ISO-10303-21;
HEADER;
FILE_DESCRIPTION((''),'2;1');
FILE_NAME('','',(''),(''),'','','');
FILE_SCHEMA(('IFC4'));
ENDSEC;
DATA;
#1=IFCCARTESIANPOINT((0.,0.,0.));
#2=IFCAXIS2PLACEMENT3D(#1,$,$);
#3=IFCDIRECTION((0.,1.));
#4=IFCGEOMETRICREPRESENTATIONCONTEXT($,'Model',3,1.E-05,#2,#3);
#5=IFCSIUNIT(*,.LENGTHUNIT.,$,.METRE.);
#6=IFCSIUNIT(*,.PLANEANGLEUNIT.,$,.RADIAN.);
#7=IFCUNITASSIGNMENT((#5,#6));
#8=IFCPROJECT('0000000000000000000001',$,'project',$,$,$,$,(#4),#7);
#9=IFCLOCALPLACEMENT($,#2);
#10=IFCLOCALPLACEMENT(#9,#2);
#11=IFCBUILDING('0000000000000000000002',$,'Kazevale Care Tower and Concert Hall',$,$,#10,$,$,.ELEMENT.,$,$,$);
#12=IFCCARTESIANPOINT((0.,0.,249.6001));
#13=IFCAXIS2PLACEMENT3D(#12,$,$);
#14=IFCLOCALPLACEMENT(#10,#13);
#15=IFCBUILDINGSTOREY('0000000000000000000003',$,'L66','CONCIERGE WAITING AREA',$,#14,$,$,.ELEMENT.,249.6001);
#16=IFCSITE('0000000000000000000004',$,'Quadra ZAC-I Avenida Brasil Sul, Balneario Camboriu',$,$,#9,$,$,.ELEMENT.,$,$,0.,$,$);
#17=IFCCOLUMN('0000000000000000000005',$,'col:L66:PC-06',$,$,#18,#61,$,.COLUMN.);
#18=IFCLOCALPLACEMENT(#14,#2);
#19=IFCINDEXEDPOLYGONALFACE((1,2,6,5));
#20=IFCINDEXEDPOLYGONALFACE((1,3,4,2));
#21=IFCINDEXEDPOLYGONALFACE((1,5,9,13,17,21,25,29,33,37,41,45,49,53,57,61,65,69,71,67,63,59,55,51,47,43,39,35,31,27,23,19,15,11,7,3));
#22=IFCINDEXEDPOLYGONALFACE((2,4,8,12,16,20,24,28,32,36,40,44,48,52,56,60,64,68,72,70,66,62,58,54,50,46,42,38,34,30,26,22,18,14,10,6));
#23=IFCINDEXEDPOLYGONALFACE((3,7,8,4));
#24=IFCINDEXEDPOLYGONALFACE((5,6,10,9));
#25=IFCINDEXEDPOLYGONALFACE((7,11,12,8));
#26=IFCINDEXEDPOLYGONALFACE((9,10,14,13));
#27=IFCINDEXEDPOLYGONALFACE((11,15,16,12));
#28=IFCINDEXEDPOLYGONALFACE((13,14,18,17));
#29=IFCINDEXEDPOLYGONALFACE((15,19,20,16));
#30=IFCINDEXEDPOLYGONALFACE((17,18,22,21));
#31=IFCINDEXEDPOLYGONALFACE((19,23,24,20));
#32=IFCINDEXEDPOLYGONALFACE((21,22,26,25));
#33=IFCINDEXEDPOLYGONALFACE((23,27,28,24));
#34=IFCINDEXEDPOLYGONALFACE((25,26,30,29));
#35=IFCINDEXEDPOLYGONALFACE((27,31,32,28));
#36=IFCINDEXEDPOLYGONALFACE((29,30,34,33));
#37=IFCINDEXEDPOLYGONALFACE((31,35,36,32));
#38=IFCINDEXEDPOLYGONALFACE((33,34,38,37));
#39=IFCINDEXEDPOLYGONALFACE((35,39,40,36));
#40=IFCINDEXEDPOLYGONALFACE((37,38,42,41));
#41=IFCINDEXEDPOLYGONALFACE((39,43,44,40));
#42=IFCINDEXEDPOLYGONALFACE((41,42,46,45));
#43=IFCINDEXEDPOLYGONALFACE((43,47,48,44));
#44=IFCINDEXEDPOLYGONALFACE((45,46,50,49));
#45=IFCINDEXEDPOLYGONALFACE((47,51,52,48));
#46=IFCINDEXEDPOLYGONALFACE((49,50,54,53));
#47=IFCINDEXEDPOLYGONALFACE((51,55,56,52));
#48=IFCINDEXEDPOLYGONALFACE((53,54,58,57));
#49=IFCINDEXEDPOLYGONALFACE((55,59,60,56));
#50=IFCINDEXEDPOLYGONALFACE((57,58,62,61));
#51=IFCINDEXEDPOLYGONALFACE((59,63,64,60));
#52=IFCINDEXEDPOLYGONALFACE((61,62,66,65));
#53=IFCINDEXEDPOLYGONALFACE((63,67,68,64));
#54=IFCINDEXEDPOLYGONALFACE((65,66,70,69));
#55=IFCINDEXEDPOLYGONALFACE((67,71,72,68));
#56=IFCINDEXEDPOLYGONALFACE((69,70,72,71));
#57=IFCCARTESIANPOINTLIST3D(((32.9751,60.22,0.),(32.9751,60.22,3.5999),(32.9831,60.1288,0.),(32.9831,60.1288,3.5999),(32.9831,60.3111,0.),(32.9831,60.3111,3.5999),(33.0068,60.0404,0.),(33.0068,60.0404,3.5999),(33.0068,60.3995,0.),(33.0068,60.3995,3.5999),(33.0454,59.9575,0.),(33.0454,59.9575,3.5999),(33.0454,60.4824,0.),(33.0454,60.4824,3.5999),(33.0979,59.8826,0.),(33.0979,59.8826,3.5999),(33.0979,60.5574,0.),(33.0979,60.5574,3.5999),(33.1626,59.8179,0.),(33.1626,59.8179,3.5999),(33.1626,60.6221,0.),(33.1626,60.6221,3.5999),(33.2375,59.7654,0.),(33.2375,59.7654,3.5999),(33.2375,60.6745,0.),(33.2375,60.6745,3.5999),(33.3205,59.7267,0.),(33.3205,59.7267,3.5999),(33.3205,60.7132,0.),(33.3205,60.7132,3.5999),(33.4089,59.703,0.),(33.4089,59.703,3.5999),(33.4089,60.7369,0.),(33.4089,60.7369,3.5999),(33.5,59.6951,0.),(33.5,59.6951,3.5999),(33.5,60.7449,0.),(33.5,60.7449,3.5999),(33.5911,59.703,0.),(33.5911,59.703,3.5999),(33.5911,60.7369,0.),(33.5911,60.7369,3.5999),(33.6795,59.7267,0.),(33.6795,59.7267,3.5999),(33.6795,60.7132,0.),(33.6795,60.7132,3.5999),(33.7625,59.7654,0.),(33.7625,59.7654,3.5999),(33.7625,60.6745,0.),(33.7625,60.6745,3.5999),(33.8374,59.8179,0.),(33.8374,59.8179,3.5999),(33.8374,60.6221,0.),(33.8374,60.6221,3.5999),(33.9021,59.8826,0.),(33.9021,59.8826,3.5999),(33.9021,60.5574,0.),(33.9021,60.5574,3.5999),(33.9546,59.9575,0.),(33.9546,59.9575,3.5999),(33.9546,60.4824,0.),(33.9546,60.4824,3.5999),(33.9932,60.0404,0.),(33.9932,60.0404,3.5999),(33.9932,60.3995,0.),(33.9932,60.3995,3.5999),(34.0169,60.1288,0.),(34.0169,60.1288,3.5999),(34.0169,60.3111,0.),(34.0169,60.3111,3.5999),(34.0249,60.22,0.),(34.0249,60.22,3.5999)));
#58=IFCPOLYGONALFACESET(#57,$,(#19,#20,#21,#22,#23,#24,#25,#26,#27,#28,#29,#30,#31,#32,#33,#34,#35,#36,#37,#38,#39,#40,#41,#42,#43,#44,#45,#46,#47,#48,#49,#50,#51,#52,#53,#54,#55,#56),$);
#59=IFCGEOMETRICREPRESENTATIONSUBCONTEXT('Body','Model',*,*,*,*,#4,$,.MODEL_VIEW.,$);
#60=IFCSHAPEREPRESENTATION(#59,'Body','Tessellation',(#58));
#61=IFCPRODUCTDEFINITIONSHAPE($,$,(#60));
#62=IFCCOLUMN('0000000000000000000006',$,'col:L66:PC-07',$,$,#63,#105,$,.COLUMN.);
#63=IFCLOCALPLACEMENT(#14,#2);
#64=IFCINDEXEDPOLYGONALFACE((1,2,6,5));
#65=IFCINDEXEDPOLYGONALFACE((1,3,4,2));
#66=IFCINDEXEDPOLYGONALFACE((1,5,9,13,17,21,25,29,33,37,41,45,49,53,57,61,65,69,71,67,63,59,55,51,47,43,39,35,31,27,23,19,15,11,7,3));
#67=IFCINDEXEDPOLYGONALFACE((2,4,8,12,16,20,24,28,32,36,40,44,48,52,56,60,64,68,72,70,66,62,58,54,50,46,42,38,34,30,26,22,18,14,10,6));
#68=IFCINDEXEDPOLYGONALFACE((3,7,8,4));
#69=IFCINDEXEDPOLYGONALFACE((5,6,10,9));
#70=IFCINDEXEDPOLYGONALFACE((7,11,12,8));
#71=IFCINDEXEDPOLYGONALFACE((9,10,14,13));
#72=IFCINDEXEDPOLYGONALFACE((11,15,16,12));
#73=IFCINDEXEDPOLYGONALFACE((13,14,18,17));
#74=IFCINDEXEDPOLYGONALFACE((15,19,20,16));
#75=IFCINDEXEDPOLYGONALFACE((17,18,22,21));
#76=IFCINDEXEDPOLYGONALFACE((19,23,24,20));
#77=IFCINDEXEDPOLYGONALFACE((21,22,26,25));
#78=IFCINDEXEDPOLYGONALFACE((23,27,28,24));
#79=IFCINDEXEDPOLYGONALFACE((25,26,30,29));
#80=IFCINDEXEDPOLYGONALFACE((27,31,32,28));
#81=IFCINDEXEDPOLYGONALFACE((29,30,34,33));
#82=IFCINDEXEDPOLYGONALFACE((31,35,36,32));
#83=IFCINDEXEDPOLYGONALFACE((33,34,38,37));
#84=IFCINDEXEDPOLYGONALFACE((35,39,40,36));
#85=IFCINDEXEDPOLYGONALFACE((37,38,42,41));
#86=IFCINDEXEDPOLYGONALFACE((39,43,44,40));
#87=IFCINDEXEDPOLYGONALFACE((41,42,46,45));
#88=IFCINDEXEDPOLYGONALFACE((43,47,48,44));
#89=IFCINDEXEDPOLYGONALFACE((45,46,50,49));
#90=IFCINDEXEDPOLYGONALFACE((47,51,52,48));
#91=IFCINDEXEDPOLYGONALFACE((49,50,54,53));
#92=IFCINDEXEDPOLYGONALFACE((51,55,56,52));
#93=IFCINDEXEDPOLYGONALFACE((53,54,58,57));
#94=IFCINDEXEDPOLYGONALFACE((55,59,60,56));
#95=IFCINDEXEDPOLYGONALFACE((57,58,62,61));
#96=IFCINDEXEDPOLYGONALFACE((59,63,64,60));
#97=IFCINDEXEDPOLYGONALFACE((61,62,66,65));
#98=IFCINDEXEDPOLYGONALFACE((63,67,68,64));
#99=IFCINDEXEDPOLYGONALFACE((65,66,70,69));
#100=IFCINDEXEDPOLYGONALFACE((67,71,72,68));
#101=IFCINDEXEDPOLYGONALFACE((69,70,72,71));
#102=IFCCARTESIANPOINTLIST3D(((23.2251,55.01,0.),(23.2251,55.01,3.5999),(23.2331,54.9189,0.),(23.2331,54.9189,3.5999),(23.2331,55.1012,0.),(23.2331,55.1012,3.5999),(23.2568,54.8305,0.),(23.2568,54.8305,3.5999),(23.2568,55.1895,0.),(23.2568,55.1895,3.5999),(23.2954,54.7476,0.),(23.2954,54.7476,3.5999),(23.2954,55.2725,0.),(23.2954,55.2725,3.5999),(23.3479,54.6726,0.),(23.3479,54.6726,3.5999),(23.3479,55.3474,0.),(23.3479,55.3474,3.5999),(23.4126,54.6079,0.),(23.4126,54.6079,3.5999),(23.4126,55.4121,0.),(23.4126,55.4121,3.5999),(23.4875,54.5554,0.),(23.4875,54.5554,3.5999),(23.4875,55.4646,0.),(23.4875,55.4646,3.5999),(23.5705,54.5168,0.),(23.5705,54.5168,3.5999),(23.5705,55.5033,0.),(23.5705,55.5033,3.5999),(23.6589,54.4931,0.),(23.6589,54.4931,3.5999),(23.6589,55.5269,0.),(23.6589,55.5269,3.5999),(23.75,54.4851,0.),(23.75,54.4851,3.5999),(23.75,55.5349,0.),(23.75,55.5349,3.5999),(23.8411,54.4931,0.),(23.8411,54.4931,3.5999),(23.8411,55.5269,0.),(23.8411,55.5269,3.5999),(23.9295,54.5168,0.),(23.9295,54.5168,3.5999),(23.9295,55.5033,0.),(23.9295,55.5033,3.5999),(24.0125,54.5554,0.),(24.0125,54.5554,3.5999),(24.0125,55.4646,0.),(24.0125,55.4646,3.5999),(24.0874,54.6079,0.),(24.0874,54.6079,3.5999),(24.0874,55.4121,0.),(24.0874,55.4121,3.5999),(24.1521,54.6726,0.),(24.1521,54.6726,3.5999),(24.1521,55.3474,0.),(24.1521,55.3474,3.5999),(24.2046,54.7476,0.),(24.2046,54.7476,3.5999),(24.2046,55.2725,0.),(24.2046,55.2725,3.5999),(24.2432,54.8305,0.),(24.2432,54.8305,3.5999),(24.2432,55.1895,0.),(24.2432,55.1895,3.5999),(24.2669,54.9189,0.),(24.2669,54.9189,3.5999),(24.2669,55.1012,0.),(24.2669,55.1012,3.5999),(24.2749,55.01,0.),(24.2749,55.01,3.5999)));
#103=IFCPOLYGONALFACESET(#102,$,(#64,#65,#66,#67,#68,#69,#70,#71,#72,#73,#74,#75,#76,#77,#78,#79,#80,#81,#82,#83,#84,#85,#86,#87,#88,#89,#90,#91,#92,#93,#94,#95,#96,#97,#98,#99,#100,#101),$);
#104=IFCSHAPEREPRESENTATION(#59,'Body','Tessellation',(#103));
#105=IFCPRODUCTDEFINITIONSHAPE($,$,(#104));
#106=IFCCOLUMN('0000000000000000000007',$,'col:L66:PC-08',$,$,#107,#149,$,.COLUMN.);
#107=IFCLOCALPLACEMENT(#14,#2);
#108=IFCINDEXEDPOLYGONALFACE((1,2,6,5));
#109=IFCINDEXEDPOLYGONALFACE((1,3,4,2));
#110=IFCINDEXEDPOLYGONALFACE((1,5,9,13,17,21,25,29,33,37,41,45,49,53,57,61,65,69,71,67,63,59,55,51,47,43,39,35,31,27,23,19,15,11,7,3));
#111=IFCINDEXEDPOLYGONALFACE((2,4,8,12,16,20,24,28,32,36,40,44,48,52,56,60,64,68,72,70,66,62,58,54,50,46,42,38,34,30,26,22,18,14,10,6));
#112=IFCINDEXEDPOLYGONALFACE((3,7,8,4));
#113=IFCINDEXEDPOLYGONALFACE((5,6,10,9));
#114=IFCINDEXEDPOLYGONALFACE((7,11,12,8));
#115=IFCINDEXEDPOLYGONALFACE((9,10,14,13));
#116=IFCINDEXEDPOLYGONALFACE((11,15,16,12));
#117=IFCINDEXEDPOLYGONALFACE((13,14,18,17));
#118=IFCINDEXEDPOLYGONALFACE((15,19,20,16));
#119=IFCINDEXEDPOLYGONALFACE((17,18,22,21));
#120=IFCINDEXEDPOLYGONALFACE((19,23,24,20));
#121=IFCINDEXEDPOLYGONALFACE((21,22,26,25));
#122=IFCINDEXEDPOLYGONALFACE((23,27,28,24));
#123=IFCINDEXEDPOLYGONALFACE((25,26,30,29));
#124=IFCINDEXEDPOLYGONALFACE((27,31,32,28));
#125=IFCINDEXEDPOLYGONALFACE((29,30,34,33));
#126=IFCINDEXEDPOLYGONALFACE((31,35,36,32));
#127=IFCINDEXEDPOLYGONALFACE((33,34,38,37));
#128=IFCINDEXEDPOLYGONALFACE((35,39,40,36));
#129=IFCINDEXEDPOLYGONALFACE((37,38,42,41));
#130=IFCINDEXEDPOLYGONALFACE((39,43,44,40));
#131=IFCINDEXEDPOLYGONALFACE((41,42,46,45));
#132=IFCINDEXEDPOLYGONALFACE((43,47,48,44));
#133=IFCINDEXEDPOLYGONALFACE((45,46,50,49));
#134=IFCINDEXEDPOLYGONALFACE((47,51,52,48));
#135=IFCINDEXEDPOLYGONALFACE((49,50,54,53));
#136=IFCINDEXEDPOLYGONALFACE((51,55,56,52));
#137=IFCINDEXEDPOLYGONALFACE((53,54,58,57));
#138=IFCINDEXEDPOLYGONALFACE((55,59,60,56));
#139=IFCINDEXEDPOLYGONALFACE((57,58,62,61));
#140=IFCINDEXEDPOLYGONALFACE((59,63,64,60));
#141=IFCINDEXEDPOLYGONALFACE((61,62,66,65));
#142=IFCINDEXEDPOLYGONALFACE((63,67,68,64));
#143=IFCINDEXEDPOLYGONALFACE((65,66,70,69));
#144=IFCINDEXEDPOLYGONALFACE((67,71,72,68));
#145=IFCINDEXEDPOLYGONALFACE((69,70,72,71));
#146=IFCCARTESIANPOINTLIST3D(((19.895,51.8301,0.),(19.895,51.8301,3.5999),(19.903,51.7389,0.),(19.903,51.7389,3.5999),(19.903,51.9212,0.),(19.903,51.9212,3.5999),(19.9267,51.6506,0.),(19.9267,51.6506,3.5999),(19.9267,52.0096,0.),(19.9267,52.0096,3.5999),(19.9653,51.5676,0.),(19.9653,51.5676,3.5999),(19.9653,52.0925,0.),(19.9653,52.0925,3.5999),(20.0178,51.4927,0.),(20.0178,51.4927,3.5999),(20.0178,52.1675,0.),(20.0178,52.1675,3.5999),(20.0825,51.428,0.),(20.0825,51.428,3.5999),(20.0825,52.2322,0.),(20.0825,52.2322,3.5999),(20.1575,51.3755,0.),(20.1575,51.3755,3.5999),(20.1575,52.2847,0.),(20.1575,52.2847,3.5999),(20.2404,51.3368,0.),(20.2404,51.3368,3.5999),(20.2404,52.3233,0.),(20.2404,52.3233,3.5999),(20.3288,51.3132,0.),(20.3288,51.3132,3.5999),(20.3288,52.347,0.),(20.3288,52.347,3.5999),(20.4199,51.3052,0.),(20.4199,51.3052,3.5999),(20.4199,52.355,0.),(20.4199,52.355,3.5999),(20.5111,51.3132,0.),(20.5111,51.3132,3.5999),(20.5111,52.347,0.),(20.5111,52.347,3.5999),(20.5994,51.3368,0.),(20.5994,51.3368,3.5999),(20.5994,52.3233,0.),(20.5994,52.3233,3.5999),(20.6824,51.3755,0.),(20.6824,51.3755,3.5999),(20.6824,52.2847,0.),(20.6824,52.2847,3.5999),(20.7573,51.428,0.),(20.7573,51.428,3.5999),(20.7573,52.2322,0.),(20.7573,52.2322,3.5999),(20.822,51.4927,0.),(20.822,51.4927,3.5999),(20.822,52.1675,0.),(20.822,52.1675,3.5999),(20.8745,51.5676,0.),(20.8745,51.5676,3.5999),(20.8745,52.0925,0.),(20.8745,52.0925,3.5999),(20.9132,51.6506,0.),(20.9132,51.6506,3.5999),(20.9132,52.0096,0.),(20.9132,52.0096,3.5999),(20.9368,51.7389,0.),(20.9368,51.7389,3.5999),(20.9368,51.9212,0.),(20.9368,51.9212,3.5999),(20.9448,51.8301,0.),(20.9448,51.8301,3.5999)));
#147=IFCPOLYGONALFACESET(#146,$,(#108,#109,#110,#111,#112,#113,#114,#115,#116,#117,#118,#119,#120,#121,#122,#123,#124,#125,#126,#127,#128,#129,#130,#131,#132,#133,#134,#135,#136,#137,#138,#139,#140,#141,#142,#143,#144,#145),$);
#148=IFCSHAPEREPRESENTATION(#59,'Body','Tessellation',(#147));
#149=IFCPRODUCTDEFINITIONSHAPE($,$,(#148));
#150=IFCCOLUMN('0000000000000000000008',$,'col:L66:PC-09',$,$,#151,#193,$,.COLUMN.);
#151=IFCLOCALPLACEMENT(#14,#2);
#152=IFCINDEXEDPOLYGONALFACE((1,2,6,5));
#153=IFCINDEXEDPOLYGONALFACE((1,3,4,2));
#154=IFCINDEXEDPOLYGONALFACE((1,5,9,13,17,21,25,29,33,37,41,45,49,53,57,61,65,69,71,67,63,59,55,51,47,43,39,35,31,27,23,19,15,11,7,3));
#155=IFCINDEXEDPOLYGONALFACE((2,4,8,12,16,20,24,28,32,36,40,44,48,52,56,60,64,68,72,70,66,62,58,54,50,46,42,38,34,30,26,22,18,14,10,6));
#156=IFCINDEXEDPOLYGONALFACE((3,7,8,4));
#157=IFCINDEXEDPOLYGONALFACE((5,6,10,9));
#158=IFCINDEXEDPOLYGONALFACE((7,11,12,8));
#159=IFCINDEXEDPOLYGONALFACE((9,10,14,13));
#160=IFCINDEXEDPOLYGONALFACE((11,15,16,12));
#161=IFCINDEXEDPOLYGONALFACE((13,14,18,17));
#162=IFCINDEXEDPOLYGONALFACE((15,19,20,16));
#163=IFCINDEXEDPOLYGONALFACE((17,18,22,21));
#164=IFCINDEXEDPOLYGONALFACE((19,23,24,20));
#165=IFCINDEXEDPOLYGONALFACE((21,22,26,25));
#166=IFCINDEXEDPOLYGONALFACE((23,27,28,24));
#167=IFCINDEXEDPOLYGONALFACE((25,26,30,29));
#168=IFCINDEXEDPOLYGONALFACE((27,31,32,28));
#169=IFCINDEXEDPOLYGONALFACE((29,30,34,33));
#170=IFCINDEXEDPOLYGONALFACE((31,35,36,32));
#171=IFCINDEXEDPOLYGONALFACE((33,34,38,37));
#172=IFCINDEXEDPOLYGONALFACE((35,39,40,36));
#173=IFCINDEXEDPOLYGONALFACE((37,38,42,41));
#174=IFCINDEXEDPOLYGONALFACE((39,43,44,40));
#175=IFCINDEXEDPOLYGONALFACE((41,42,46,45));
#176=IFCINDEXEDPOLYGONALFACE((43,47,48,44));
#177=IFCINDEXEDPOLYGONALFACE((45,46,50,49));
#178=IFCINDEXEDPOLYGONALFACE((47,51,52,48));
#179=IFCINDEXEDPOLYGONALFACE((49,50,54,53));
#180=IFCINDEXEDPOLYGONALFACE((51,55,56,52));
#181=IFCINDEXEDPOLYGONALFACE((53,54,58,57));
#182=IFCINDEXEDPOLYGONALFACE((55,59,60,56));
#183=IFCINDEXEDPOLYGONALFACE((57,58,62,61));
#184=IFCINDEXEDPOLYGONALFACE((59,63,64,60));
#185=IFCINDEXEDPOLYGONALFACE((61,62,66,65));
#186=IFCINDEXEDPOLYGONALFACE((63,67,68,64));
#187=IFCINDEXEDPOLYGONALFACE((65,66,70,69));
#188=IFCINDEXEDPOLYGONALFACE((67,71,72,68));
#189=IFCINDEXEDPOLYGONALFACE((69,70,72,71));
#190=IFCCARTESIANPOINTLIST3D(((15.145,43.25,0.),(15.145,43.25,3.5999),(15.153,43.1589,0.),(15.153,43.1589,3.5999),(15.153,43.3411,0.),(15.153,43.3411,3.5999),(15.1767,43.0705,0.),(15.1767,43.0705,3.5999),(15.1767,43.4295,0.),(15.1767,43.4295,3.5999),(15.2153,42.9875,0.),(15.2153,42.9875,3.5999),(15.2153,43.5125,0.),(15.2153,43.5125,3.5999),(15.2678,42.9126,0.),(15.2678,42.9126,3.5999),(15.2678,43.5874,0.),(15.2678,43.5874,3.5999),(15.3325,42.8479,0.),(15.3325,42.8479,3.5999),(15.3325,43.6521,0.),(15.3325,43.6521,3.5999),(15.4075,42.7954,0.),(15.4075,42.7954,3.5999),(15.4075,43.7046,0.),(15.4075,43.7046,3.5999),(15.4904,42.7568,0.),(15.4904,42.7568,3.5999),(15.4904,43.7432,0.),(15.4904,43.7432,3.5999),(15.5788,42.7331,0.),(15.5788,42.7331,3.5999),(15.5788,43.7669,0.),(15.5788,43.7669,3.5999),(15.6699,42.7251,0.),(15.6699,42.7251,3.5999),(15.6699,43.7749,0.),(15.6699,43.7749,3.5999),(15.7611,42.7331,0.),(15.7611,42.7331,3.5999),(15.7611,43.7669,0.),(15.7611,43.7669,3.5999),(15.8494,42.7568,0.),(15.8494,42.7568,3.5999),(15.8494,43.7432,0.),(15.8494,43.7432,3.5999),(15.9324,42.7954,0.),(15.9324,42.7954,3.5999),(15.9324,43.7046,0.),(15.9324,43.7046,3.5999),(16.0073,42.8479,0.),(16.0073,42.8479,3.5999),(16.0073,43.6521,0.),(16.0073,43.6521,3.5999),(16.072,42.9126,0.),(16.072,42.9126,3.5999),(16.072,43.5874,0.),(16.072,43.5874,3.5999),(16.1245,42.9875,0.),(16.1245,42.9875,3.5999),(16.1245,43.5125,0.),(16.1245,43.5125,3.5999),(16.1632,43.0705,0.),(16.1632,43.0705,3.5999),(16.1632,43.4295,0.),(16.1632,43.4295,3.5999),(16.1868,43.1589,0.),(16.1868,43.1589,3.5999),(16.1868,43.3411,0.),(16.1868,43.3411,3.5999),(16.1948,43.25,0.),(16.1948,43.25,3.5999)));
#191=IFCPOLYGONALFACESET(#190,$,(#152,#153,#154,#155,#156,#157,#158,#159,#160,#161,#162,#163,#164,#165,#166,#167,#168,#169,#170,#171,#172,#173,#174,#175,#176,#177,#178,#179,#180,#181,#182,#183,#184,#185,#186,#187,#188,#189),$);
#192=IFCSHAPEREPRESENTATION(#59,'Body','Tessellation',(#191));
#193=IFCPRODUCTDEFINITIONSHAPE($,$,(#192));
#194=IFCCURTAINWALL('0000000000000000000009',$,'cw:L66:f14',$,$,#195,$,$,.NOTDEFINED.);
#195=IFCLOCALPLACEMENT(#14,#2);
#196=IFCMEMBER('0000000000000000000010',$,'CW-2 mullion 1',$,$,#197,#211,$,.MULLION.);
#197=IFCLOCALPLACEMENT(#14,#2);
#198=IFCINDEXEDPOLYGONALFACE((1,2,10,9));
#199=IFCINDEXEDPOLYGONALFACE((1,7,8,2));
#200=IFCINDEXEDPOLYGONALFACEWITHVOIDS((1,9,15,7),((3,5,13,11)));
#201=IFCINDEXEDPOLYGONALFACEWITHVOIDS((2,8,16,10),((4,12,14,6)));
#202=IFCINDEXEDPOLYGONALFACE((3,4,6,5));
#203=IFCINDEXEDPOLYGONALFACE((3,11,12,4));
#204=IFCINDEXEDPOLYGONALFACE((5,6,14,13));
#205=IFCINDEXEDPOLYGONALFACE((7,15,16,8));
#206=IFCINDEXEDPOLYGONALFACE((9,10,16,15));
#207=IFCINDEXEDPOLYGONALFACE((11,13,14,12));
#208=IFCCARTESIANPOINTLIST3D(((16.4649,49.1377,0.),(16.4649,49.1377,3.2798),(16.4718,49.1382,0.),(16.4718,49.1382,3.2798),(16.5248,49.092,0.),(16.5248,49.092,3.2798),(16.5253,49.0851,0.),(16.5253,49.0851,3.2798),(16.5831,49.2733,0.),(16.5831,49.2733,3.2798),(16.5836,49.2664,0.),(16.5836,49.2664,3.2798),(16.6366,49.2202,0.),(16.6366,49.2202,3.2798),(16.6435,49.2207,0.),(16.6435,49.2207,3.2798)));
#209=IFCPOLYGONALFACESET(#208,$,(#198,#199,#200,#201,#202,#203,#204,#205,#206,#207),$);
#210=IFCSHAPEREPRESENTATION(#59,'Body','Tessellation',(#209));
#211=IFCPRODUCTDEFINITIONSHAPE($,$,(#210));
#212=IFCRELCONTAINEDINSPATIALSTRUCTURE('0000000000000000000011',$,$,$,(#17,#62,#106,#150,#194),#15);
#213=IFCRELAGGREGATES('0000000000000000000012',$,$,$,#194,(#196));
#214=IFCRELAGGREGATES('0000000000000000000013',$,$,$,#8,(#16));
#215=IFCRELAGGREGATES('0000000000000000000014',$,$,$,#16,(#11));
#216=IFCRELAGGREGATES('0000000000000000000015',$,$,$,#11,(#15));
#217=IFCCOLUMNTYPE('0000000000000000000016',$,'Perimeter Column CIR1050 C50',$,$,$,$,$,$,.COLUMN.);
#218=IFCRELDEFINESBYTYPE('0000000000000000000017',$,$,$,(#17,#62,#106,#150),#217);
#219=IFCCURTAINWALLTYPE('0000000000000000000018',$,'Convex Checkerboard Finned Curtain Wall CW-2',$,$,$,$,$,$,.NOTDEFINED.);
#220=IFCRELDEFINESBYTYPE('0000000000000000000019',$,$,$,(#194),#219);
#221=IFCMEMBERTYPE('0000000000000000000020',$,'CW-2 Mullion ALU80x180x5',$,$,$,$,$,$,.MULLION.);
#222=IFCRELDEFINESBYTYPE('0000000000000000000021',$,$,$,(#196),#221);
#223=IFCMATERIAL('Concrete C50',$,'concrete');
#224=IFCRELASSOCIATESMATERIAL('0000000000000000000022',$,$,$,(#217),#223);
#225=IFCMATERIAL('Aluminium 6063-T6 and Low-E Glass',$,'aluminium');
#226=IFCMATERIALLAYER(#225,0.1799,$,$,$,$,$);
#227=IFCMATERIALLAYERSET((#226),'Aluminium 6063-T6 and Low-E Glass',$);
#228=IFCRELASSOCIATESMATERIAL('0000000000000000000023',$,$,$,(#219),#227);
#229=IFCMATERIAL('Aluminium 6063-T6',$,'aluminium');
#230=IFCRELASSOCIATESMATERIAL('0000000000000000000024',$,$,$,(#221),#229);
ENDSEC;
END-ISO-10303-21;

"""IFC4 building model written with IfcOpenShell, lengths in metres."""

from ifc_helpers import new_model, si_unit, direction, frame, origin, origin_2d, place, context, subcontext, project, spatial, hollow_rectangle, circle, extrude, material, layer, layer_set, material_profile, profile_set, type_object, element, aggregate, save


model = new_model("IFC4")

# Units and contexts
model_context = context("Model", 3, precision=1e-05, world=origin(), true_north=direction((0.0, 1.0)))
body_context = subcontext(model_context, "Body", "Model", "MODEL_VIEW")
ifc_project = project(units=[si_unit("LENGTHUNIT", "METRE"), si_unit("PLANEANGLEUNIT", "RADIAN")], contexts=[model_context])

# Site, building, storey
site_placement = place(None, origin())
site = spatial("IfcSite", under=ifc_project, at=site_placement, Name="Quadra ZAC-I Avenida Brasil Sul, Balneario Camboriu", CompositionType="ELEMENT", RefElevation=0.0)
building_placement = place(site_placement, origin())
building = spatial("IfcBuilding", under=site, at=building_placement, Name="Kazevale Care Tower and Concert Hall", CompositionType="ELEMENT")
storey_placement = place(building_placement, frame((0.0, 0.0, 249.6001)))
storey = spatial("IfcBuildingStorey", under=building, at=storey_placement, Name="L66", Description="CONCIERGE WAITING AREA", CompositionType="ELEMENT", Elevation=249.6001)

# Columns
ifc_material_1 = material(Name="Concrete C50", Category="concrete")
ifc_material_profile_1 = material_profile(ifc_material_1, circle(Radius=0.5249, at=origin_2d()), Name="RC-CIR1050")
ifc_profile_set_1 = profile_set([ifc_material_profile_1], Name="Concrete C50")
column_type = type_object("IfcColumnType", Name="Perimeter Column CIR1050 C50", PredefinedType="COLUMN", material=ifc_profile_set_1)
for number, where, z_axis, x_axis, name in (
    (1, (33.5, 60.22, 0.0), (0.0, 0.0, 1.0), (1.0, 0.0, 0.0), "col:L66:PC-06"),
    (2, (23.75, 55.01, 0.0), (0.0, 0.0, 1.0), (1.0, 0.0, 0.0), "col:L66:PC-07"),
    (3, (20.4199, 51.8301, 0.0), (0.0, 0.0, 1.0), (1.0, 0.0, 0.0), "col:L66:PC-08"),
    (4, (15.6699, 43.25, 0.0), (0.0, 0.0, 1.0), (1.0, 0.0, 0.0), "col:L66:PC-09"),
):
    element("IfcColumn", number, at=place(storey_placement, frame(where, z_axis=z_axis, x_axis=x_axis)), inside=storey, type_object=column_type, Name=name, PredefinedType="COLUMN", context=body_context, shape_type="SweptSolid", body=[
        extrude(circle(Radius=0.5249, at=origin_2d()), origin(), (0.0, 0.0, 1.0), 3.5999),
    ])

# Curtain wall, member
ifc_material_2 = material(Name="Aluminium 6063-T6 and Low-E Glass", Category="aluminium")
ifc_layer_1 = layer(ifc_material_2, 0.1799)
ifc_layer_set_1 = layer_set([ifc_layer_1], Name="Aluminium 6063-T6 and Low-E Glass")
curtain_wall_type_1 = type_object("IfcCurtainWallType", Name="Convex Checkerboard Finned Curtain Wall CW-2", PredefinedType="NOTDEFINED", material=ifc_layer_set_1)
curtain_wall_1_placement = place(storey_placement, origin())
curtain_wall_1 = element("IfcCurtainWall", 5, at=curtain_wall_1_placement, inside=storey, type_object=curtain_wall_type_1, Name="cw:L66:f14", PredefinedType="NOTDEFINED")
ifc_material_3 = material(Name="Aluminium 6063-T6", Category="aluminium")
ifc_material_profile_2 = material_profile(ifc_material_3, hollow_rectangle(XDim=0.0801, YDim=0.1799, WallThickness=0.0049, at=origin_2d()), Name="ALU80x180x5")
ifc_profile_set_2 = profile_set([ifc_material_profile_2], Name="Aluminium 6063-T6")
member_type_1 = type_object("IfcMemberType", Name="CW-2 Mullion ALU80x180x5", PredefinedType="MULLION", material=ifc_profile_set_2)
member_1_placement = place(storey_placement, frame((16.5542, 49.1792, 0.0), z_axis=(0.0, 0.0, 1.0), x_axis=(-0.753738, 0.657175, 0.0)))
member_1 = element("IfcMember", 6, at=member_1_placement, type_object=member_type_1, Name="CW-2 mullion 1", PredefinedType="MULLION", context=body_context, shape_type="SweptSolid", body=[
    extrude(hollow_rectangle(XDim=0.0801, YDim=0.1799, WallThickness=0.0049, at=origin_2d()), origin(), (0.0, 0.0, 1.0), 3.2798),
])

aggregate(curtain_wall_1, [member_1])

save(model, "model.ifc")
